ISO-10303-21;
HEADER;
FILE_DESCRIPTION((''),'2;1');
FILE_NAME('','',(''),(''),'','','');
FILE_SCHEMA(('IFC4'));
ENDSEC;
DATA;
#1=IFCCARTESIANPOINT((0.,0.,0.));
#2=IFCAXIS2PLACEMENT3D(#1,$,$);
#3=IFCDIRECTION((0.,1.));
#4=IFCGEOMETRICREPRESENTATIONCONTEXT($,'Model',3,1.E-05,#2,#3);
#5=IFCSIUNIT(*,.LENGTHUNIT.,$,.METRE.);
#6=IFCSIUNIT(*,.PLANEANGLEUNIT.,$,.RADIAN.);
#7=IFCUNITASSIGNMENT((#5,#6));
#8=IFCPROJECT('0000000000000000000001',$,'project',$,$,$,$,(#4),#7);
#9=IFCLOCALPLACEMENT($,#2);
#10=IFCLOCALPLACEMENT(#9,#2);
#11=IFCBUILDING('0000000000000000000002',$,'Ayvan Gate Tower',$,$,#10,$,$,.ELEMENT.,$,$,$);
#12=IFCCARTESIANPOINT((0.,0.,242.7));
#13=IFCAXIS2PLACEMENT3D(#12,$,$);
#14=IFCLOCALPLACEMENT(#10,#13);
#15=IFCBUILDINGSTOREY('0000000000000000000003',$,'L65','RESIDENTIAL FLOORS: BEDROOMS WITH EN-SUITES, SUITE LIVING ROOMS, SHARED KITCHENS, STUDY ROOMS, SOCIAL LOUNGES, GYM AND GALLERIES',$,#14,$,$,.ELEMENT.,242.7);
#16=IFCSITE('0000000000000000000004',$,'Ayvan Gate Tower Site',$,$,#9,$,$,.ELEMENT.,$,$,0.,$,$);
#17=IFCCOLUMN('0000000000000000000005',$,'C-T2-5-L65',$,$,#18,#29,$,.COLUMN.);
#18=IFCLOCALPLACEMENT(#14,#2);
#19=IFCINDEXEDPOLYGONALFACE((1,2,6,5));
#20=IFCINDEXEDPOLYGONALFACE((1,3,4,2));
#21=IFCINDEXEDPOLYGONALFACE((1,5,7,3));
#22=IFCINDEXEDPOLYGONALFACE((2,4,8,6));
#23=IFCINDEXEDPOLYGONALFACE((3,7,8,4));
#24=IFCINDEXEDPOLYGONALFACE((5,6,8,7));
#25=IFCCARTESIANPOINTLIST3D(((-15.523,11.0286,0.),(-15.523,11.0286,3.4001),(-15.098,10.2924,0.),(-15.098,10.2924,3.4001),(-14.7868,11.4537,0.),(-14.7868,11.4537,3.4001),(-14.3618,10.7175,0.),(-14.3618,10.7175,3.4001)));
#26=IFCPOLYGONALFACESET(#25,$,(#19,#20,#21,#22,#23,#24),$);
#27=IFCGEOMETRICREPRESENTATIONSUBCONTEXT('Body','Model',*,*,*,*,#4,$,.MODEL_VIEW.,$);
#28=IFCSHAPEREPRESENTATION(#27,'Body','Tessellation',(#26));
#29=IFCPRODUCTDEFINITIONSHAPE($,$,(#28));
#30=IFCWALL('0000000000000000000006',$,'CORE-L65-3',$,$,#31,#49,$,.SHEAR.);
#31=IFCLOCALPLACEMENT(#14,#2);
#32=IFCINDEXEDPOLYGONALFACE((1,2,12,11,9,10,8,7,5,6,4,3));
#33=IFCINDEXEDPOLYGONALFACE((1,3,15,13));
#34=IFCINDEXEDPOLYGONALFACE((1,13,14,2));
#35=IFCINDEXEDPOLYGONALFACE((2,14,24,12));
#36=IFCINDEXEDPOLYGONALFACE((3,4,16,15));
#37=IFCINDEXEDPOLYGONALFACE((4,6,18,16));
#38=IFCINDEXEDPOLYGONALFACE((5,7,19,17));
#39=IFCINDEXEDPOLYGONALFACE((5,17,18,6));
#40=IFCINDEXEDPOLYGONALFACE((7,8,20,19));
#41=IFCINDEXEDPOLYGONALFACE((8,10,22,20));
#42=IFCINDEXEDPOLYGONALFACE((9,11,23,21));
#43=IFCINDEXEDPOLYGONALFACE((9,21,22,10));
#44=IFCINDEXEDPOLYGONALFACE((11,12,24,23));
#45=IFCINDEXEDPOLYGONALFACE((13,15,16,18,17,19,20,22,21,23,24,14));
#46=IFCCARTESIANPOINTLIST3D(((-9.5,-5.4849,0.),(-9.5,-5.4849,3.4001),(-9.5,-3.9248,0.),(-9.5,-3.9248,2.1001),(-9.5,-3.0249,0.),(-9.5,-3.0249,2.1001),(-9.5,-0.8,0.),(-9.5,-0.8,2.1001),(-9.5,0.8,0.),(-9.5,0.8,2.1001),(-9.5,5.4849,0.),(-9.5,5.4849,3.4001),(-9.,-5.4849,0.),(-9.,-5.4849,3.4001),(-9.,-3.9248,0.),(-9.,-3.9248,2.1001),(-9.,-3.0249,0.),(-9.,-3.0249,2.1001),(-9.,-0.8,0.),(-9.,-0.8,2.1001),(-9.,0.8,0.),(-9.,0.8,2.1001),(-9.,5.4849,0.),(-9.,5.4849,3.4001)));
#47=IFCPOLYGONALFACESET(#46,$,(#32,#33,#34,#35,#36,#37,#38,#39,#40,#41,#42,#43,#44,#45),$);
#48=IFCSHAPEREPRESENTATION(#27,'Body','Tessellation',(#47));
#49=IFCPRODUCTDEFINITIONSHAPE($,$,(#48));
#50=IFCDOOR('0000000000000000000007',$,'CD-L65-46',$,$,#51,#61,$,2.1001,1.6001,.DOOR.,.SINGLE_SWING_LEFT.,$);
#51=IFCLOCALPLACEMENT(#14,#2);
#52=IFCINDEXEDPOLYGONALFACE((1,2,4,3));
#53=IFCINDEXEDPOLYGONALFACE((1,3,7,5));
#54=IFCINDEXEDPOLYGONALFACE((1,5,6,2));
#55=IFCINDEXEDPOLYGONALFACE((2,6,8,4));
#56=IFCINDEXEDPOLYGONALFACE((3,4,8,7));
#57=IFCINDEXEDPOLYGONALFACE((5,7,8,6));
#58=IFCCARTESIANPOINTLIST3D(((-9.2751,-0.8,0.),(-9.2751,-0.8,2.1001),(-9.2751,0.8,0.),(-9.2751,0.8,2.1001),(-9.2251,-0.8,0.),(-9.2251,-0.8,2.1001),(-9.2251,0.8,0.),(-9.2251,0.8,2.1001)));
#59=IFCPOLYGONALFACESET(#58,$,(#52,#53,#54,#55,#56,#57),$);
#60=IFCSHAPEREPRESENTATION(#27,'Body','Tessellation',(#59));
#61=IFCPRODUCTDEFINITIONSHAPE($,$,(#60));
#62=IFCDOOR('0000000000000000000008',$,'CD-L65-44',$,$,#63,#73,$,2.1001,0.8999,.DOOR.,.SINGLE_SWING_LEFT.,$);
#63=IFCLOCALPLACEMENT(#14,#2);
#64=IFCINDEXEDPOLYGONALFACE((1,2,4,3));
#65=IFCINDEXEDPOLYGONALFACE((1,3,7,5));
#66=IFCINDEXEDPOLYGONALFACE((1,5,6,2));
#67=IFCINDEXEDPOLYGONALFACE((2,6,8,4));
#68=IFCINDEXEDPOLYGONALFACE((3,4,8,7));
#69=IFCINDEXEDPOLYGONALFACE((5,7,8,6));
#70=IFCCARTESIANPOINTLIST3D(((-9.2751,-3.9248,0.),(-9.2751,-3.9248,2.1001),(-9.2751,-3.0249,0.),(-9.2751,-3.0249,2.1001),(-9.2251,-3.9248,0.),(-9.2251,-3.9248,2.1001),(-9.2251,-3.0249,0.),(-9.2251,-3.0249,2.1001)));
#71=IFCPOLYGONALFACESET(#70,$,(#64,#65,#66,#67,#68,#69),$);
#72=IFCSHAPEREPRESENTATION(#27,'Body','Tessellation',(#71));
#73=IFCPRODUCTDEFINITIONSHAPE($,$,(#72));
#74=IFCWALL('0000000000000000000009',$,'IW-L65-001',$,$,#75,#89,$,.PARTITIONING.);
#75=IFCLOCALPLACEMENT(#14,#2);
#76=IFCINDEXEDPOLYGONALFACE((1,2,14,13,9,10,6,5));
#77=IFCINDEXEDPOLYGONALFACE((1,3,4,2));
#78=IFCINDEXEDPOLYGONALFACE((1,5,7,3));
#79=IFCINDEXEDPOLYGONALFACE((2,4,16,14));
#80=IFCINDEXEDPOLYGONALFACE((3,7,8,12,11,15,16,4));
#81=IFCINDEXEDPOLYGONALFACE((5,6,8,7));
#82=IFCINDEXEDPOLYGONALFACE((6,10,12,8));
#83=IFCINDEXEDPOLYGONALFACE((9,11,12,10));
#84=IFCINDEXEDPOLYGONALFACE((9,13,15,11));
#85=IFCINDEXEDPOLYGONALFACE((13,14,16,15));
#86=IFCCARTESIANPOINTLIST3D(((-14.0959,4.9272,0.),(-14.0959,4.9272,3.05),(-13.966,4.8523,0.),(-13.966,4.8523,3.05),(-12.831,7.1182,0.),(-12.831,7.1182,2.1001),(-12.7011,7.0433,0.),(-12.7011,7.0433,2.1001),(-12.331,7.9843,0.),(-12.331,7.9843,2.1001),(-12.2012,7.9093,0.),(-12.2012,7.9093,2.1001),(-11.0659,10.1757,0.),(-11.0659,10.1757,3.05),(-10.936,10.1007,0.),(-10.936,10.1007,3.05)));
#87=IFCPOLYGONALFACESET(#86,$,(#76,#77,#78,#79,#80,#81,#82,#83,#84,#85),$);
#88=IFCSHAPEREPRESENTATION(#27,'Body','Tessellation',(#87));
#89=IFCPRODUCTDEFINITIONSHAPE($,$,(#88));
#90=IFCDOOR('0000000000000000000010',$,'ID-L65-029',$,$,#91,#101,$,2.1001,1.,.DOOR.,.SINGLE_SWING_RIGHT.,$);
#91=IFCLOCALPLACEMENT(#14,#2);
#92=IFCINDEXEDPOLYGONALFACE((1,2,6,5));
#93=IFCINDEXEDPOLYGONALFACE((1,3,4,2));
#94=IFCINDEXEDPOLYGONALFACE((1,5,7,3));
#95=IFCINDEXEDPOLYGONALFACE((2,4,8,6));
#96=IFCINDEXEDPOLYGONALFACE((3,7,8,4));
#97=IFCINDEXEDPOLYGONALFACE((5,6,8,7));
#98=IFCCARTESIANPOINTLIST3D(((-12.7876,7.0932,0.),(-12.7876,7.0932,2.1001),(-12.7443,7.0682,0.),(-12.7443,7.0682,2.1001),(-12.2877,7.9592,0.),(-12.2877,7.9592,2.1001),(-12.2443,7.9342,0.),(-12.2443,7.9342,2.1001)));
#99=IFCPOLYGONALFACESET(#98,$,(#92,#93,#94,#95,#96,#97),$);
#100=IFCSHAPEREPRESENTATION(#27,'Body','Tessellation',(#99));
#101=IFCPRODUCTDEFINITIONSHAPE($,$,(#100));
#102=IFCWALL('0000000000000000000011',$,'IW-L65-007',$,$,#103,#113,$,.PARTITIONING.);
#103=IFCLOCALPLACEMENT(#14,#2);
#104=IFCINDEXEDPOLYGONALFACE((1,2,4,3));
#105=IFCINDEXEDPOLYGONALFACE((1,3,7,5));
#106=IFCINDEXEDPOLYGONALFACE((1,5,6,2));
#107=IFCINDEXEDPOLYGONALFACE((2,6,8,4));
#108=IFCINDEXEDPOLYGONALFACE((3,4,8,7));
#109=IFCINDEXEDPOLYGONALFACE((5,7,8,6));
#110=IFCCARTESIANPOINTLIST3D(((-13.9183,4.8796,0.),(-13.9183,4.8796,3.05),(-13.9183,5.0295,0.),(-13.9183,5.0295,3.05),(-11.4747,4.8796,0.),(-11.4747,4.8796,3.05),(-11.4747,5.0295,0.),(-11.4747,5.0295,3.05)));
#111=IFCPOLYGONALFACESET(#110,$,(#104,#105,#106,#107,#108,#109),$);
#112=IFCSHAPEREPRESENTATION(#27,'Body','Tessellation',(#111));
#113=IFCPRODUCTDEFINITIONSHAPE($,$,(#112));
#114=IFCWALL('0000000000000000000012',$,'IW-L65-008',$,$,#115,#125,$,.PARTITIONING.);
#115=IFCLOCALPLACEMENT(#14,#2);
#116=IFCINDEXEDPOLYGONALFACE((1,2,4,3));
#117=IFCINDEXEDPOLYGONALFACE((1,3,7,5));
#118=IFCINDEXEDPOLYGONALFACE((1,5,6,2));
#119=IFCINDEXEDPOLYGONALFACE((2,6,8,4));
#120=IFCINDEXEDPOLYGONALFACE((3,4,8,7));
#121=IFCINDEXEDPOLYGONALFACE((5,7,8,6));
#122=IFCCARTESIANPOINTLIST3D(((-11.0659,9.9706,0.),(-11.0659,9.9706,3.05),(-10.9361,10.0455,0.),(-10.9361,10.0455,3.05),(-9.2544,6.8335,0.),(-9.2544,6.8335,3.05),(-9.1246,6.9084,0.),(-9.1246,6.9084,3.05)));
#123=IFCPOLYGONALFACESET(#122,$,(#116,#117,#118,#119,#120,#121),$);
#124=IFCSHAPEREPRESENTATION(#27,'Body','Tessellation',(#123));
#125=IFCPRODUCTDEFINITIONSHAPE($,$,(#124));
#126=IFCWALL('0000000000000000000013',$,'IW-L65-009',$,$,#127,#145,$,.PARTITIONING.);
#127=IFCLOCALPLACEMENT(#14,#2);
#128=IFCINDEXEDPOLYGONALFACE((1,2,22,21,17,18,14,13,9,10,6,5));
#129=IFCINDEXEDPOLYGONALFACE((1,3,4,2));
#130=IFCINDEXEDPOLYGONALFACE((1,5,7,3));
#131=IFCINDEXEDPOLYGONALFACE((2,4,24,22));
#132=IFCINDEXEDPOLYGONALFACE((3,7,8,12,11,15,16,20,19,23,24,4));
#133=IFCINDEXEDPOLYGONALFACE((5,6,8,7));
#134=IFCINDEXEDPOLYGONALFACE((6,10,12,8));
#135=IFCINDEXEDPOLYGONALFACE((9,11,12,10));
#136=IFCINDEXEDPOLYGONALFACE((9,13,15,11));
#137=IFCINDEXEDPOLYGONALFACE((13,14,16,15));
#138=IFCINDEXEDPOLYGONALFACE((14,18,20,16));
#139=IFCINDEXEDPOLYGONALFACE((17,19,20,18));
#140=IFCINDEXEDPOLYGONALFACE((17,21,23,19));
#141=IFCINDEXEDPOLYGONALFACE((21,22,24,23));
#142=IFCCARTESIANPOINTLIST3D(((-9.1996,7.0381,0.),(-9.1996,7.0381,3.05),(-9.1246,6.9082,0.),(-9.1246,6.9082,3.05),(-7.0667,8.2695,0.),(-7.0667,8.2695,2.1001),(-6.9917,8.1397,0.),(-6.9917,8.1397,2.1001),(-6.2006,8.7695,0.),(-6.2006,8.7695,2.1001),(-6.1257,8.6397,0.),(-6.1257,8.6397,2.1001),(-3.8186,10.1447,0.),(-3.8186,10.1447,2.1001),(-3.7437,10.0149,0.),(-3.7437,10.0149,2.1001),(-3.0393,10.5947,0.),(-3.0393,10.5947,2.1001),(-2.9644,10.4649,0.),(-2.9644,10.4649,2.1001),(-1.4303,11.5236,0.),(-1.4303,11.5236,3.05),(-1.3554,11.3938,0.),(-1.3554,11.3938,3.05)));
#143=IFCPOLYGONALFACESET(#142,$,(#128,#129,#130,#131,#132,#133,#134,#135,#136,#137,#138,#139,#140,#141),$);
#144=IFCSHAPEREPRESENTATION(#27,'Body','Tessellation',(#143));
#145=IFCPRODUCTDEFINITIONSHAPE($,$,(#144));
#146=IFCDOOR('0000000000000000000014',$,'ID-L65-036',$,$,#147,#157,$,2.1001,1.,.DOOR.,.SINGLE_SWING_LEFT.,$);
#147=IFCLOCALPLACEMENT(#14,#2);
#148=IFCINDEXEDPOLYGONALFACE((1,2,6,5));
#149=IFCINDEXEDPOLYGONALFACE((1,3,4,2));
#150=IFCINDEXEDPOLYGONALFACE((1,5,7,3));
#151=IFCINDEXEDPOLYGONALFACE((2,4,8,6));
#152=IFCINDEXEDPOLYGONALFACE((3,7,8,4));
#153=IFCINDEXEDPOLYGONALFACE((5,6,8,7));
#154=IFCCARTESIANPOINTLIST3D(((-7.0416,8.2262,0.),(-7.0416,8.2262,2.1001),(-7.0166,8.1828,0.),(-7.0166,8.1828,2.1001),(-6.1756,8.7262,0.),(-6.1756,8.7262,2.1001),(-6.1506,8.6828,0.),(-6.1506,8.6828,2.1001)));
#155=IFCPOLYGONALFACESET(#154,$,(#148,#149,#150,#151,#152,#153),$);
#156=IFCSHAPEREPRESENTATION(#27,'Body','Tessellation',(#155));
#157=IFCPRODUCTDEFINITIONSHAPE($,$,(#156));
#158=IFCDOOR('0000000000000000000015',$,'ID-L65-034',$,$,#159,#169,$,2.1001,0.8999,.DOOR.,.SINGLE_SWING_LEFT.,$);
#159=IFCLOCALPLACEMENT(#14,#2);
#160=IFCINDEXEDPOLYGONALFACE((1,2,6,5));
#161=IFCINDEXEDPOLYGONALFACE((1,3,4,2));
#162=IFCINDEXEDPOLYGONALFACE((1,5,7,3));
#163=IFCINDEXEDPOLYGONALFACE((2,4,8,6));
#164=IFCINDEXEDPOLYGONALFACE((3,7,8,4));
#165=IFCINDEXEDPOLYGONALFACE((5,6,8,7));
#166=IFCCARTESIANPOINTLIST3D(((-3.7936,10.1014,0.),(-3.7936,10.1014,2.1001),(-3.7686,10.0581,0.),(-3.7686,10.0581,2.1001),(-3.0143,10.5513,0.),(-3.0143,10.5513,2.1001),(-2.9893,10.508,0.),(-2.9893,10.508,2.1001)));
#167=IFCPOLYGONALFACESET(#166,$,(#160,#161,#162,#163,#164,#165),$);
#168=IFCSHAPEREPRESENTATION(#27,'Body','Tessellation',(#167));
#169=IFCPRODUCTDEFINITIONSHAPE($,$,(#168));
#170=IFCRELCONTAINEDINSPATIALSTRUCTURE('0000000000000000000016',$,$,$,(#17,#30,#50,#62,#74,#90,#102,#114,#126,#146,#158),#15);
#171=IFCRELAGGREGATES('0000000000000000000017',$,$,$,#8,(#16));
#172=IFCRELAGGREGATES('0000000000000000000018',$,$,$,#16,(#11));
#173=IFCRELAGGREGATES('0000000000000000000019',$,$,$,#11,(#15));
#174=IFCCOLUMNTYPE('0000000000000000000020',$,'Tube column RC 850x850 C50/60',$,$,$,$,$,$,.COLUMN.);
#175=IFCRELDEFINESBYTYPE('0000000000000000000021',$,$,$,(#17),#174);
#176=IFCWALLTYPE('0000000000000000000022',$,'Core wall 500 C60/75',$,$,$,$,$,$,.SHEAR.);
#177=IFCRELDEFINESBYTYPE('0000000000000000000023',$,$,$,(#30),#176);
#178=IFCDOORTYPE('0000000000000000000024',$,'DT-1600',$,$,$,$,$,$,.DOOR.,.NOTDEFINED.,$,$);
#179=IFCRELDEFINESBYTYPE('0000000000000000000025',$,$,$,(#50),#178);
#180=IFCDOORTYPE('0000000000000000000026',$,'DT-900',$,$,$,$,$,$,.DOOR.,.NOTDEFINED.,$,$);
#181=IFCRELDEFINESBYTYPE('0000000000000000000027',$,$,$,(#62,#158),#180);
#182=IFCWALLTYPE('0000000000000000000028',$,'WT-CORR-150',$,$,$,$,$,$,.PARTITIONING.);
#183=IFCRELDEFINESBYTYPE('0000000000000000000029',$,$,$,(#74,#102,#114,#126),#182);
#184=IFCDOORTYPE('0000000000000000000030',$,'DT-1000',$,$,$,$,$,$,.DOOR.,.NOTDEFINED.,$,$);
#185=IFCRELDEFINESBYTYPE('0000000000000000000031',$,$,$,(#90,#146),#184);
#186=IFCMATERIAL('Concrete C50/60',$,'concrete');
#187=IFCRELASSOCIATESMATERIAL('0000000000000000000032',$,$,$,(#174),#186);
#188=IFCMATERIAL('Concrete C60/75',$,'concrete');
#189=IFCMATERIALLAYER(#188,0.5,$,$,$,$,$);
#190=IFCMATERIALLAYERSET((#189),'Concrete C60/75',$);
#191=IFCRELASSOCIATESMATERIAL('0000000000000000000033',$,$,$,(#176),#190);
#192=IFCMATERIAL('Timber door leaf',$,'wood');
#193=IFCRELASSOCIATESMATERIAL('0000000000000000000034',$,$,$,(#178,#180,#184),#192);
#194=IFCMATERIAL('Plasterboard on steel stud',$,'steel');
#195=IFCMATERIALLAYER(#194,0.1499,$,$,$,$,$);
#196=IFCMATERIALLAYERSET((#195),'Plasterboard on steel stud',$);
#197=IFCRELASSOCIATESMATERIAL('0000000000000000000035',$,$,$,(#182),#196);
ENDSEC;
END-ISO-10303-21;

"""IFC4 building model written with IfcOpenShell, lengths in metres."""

from ifc_helpers import new_model, si_unit, direction, frame, frame_2d, origin, origin_2d, place, context, subcontext, project, spatial, rectangle, extrude, material, layer, layer_set, material_profile, profile_set, type_object, element, fill, save


model = new_model("IFC4")

# Units and contexts
model_context = context("Model", 3, precision=1e-05, world=origin(), true_north=direction((0.0, 1.0)))
body_context = subcontext(model_context, "Body", "Model", "MODEL_VIEW")
ifc_project = project(units=[si_unit("LENGTHUNIT", "METRE"), si_unit("PLANEANGLEUNIT", "RADIAN")], contexts=[model_context])

# Site, building, storey
site_placement = place(None, origin())
site = spatial("IfcSite", under=ifc_project, at=site_placement, Name="Ayvan Gate Tower Site", CompositionType="ELEMENT", RefElevation=0.0)
building_placement = place(site_placement, origin())
building = spatial("IfcBuilding", under=site, at=building_placement, Name="Ayvan Gate Tower", CompositionType="ELEMENT")
storey_placement = place(building_placement, frame((0.0, 0.0, 242.7)))
storey = spatial("IfcBuildingStorey", under=building, at=storey_placement, Name="L65", Description="RESIDENTIAL FLOORS: BEDROOMS WITH EN-SUITES, SUITE LIVING ROOMS, SHARED KITCHENS, STUDY ROOMS, SOCIAL LOUNGES, GYM AND GALLERIES", CompositionType="ELEMENT", Elevation=242.7)

# Column
ifc_material_1 = material(Name="Concrete C50/60", Category="concrete")
ifc_material_profile = material_profile(ifc_material_1, rectangle(XDim=0.8501, YDim=0.8501, at=origin_2d()), Name="RC 850x850")
ifc_profile_set = profile_set([ifc_material_profile], Name="Concrete C50/60")
column_type = type_object("IfcColumnType", Name="Tube column RC 850x850 C50/60", PredefinedType="COLUMN", material=ifc_profile_set)
column_placement = place(storey_placement, frame((-14.9424, 10.873, 0.0), z_axis=(0.0, 0.0, 1.0), x_axis=(-0.5, 0.866025, 0.0)))
element("IfcColumn", 1, at=column_placement, inside=storey, type_object=column_type, Name="C-T2-5-L65", PredefinedType="COLUMN", context=body_context, shape_type="SweptSolid", body=[
    extrude(rectangle(XDim=0.8501, YDim=0.8501, at=origin_2d()), origin(), (0.0, 0.0, 1.0), 3.4001),
])

# Wall, openings, doors
ifc_material_2 = material(Name="Concrete C60/75", Category="concrete")
ifc_layer_1 = layer(ifc_material_2, 0.5)
ifc_layer_set_1 = layer_set([ifc_layer_1], Name="Concrete C60/75")
wall_type_1 = type_object("IfcWallType", Name="Core wall 500 C60/75", PredefinedType="SHEAR", material=ifc_layer_set_1)
wall_1_placement = place(storey_placement, frame((-9.25, 5.4849, 0.0), z_axis=(0.0, 0.0, 1.0), x_axis=(0.0, -1.0, 0.0)))
wall_1 = element("IfcWall", 2, at=wall_1_placement, inside=storey, type_object=wall_type_1, Name="CORE-L65-3", PredefinedType="SHEAR", context=body_context, shape_type="SweptSolid", body=[
    extrude(rectangle(XDim=10.9697, YDim=0.5, at=frame_2d((5.4849, 0.0))), origin(), (0.0, 0.0, 1.0), 3.4001),
])
opening_1_placement = place(wall_1_placement, frame((8.5098, 0.0, 0.0)))
opening_1 = element("IfcOpeningElement", 3, at=opening_1_placement, cuts=wall_1, PredefinedType="OPENING", context=body_context, shape_type="SweptSolid", body=[
    extrude(rectangle(XDim=0.8999, YDim=2.1001, at=frame_2d((0.45, 1.05))), frame((0.0, 0.26, 0.0), z_axis=(0.0, -1.0, 0.0), x_axis=(1.0, 0.0, 0.0)), (0.0, 0.0, 1.0), 0.52),
])
opening_2_placement = place(wall_1_placement, frame((4.6848, 0.0, 0.0)))
opening_2 = element("IfcOpeningElement", 4, at=opening_2_placement, cuts=wall_1, PredefinedType="OPENING", context=body_context, shape_type="SweptSolid", body=[
    extrude(rectangle(XDim=1.6001, YDim=2.1001, at=frame_2d((0.8, 1.05))), frame((0.0, 0.26, 0.0), z_axis=(0.0, -1.0, 0.0), x_axis=(1.0, 0.0, 0.0)), (0.0, 0.0, 1.0), 0.52),
])
ifc_material_3 = material(Name="Timber door leaf", Category="wood")
door_type_1 = type_object("IfcDoorType", Name="DT-1600", OperationType="NOTDEFINED", PredefinedType="DOOR", material=ifc_material_3)
door_1_placement = place(opening_2_placement, origin())
door_1 = element("IfcDoor", 5, at=door_1_placement, inside=storey, type_object=door_type_1, Name="CD-L65-46", OperationType="SINGLE_SWING_LEFT", OverallHeight=2.1001, OverallWidth=1.6001, PredefinedType="DOOR", context=body_context, shape_type="SweptSolid", body=[
    extrude(rectangle(XDim=1.6001, YDim=2.1001, at=frame_2d((0.8, 1.05))), frame((0.0, 0.0249, 0.0), z_axis=(0.0, -1.0, 0.0), x_axis=(1.0, 0.0, 0.0)), (0.0, 0.0, 1.0), 0.05),
])
fill(opening_2, door_1)
door_type_2 = type_object("IfcDoorType", Name="DT-900", OperationType="NOTDEFINED", PredefinedType="DOOR", material=ifc_material_3)
door_2_placement = place(opening_1_placement, origin())
door_2 = element("IfcDoor", 6, at=door_2_placement, inside=storey, type_object=door_type_2, Name="CD-L65-44", OperationType="SINGLE_SWING_LEFT", OverallHeight=2.1001, OverallWidth=0.8999, PredefinedType="DOOR", context=body_context, shape_type="SweptSolid", body=[
    extrude(rectangle(XDim=0.8999, YDim=2.1001, at=frame_2d((0.45, 1.05))), frame((0.0, 0.0249, 0.0), z_axis=(0.0, -1.0, 0.0), x_axis=(1.0, 0.0, 0.0)), (0.0, 0.0, 1.0), 0.05),
])
fill(opening_1, door_2)

# Wall, opening, door
ifc_material_4 = material(Name="Plasterboard on steel stud", Category="steel")
ifc_layer_2 = layer(ifc_material_4, 0.1499)
ifc_layer_set_2 = layer_set([ifc_layer_2], Name="Plasterboard on steel stud")
wall_type_2 = type_object("IfcWallType", Name="WT-CORR-150", PredefinedType="PARTITIONING", material=ifc_layer_set_2)
wall_2_placement = place(storey_placement, frame((-14.031, 4.8896, 0.0), z_axis=(0.0, 0.0, 1.0), x_axis=(0.499974, 0.866041, 0.0)))
wall_2 = element("IfcWall", 7, at=wall_2_placement, inside=storey, type_object=wall_type_2, Name="IW-L65-001", PredefinedType="PARTITIONING", context=body_context, shape_type="SweptSolid", body=[
    extrude(rectangle(XDim=6.0603, YDim=0.1499, at=frame_2d((3.0303, 0.0))), origin(), (0.0, 0.0, 1.0), 3.05),
])
opening_3_placement = place(wall_2_placement, frame((2.53, 0.0, 0.0)))
opening_3 = element("IfcOpeningElement", 8, at=opening_3_placement, cuts=wall_2, PredefinedType="OPENING", context=body_context, shape_type="SweptSolid", body=[
    extrude(rectangle(XDim=1.0, YDim=2.1001, at=frame_2d((0.5, 1.05))), frame((0.0, 0.085, 0.0), z_axis=(0.0, -1.0, 0.0), x_axis=(1.0, 0.0, 0.0)), (0.0, 0.0, 1.0), 0.1699),
])
door_type_3 = type_object("IfcDoorType", Name="DT-1000", OperationType="NOTDEFINED", PredefinedType="DOOR", material=ifc_material_3)
door_3_placement = place(opening_3_placement, origin())
door_3 = element("IfcDoor", 9, at=door_3_placement, inside=storey, type_object=door_type_3, Name="ID-L65-029", OperationType="SINGLE_SWING_RIGHT", OverallHeight=2.1001, OverallWidth=1.0, PredefinedType="DOOR", context=body_context, shape_type="SweptSolid", body=[
    extrude(rectangle(XDim=1.0, YDim=2.1001, at=frame_2d((0.5, 1.05))), frame((0.0, 0.0249, 0.0), z_axis=(0.0, -1.0, 0.0), x_axis=(1.0, 0.0, 0.0)), (0.0, 0.0, 1.0), 0.05),
])
fill(opening_3, door_3)

# Walls
wall_3_placement = place(storey_placement, frame((-11.4749, 4.9546, 0.0), z_axis=(0.0, 0.0, 1.0), x_axis=(-1.0, 0.0, 0.0)))
element("IfcWall", 10, at=wall_3_placement, inside=storey, type_object=wall_type_2, Name="IW-L65-007", PredefinedType="PARTITIONING", context=body_context, shape_type="SweptSolid", body=[
    extrude(rectangle(XDim=2.4436, YDim=0.1499, at=frame_2d((1.2217, 0.0))), origin(), (0.0, 0.0, 1.0), 3.05),
])
wall_4_placement = place(storey_placement, frame((-11.001, 10.0081, 0.0), z_axis=(0.0, 0.0, 1.0), x_axis=(0.500053, -0.865995, 0.0)))
element("IfcWall", 11, at=wall_4_placement, inside=storey, type_object=wall_type_2, Name="IW-L65-008", PredefinedType="PARTITIONING", context=body_context, shape_type="SweptSolid", body=[
    extrude(rectangle(XDim=3.6226, YDim=0.1499, at=frame_2d((1.8113, 0.0))), origin(), (0.0, 0.0, 1.0), 3.05),
])

# Wall, openings, doors
wall_5_placement = place(storey_placement, frame((-9.1621, 6.9731, 0.0), z_axis=(0.0, 0.0, 1.0), x_axis=(0.866026, 0.5, 0.0)))
wall_5 = element("IfcWall", 12, at=wall_5_placement, inside=storey, type_object=wall_type_2, Name="IW-L65-009", PredefinedType="PARTITIONING", context=body_context, shape_type="SweptSolid", body=[
    extrude(rectangle(XDim=8.9712, YDim=0.1499, at=frame_2d((4.4856, 0.0))), origin(), (0.0, 0.0, 1.0), 3.05),
])
opening_4_placement = place(wall_5_placement, frame((6.2134, 0.0, 0.0)))
opening_4 = element("IfcOpeningElement", 13, at=opening_4_placement, cuts=wall_5, PredefinedType="OPENING", context=body_context, shape_type="SweptSolid", body=[
    extrude(rectangle(XDim=0.8999, YDim=2.1001, at=frame_2d((0.45, 1.05))), frame((0.0, 0.085, 0.0), z_axis=(0.0, -1.0, 0.0), x_axis=(1.0, 0.0, 0.0)), (0.0, 0.0, 1.0), 0.1699),
])
opening_5_placement = place(wall_5_placement, frame((2.4629, 0.0, 0.0)))
opening_5 = element("IfcOpeningElement", 14, at=opening_5_placement, cuts=wall_5, PredefinedType="OPENING", context=body_context, shape_type="SweptSolid", body=[
    extrude(rectangle(XDim=1.0, YDim=2.1001, at=frame_2d((0.5, 1.05))), frame((0.0, 0.085, 0.0), z_axis=(0.0, -1.0, 0.0), x_axis=(1.0, 0.0, 0.0)), (0.0, 0.0, 1.0), 0.1699),
])
door_4_placement = place(opening_5_placement, origin())
door_4 = element("IfcDoor", 15, at=door_4_placement, inside=storey, type_object=door_type_3, Name="ID-L65-036", OperationType="SINGLE_SWING_LEFT", OverallHeight=2.1001, OverallWidth=1.0, PredefinedType="DOOR", context=body_context, shape_type="SweptSolid", body=[
    extrude(rectangle(XDim=1.0, YDim=2.1001, at=frame_2d((0.5, 1.05))), frame((0.0, 0.0249, 0.0), z_axis=(0.0, -1.0, 0.0), x_axis=(1.0, 0.0, 0.0)), (0.0, 0.0, 1.0), 0.05),
])
fill(opening_5, door_4)
door_5_placement = place(opening_4_placement, origin())
door_5 = element("IfcDoor", 16, at=door_5_placement, inside=storey, type_object=door_type_2, Name="ID-L65-034", OperationType="SINGLE_SWING_LEFT", OverallHeight=2.1001, OverallWidth=0.8999, PredefinedType="DOOR", context=body_context, shape_type="SweptSolid", body=[
    extrude(rectangle(XDim=0.8999, YDim=2.1001, at=frame_2d((0.45, 1.05))), frame((0.0, 0.0249, 0.0), z_axis=(0.0, -1.0, 0.0), x_axis=(1.0, 0.0, 0.0)), (0.0, 0.0, 1.0), 0.05),
])
fill(opening_4, door_5)

save(model, "model.ifc")
